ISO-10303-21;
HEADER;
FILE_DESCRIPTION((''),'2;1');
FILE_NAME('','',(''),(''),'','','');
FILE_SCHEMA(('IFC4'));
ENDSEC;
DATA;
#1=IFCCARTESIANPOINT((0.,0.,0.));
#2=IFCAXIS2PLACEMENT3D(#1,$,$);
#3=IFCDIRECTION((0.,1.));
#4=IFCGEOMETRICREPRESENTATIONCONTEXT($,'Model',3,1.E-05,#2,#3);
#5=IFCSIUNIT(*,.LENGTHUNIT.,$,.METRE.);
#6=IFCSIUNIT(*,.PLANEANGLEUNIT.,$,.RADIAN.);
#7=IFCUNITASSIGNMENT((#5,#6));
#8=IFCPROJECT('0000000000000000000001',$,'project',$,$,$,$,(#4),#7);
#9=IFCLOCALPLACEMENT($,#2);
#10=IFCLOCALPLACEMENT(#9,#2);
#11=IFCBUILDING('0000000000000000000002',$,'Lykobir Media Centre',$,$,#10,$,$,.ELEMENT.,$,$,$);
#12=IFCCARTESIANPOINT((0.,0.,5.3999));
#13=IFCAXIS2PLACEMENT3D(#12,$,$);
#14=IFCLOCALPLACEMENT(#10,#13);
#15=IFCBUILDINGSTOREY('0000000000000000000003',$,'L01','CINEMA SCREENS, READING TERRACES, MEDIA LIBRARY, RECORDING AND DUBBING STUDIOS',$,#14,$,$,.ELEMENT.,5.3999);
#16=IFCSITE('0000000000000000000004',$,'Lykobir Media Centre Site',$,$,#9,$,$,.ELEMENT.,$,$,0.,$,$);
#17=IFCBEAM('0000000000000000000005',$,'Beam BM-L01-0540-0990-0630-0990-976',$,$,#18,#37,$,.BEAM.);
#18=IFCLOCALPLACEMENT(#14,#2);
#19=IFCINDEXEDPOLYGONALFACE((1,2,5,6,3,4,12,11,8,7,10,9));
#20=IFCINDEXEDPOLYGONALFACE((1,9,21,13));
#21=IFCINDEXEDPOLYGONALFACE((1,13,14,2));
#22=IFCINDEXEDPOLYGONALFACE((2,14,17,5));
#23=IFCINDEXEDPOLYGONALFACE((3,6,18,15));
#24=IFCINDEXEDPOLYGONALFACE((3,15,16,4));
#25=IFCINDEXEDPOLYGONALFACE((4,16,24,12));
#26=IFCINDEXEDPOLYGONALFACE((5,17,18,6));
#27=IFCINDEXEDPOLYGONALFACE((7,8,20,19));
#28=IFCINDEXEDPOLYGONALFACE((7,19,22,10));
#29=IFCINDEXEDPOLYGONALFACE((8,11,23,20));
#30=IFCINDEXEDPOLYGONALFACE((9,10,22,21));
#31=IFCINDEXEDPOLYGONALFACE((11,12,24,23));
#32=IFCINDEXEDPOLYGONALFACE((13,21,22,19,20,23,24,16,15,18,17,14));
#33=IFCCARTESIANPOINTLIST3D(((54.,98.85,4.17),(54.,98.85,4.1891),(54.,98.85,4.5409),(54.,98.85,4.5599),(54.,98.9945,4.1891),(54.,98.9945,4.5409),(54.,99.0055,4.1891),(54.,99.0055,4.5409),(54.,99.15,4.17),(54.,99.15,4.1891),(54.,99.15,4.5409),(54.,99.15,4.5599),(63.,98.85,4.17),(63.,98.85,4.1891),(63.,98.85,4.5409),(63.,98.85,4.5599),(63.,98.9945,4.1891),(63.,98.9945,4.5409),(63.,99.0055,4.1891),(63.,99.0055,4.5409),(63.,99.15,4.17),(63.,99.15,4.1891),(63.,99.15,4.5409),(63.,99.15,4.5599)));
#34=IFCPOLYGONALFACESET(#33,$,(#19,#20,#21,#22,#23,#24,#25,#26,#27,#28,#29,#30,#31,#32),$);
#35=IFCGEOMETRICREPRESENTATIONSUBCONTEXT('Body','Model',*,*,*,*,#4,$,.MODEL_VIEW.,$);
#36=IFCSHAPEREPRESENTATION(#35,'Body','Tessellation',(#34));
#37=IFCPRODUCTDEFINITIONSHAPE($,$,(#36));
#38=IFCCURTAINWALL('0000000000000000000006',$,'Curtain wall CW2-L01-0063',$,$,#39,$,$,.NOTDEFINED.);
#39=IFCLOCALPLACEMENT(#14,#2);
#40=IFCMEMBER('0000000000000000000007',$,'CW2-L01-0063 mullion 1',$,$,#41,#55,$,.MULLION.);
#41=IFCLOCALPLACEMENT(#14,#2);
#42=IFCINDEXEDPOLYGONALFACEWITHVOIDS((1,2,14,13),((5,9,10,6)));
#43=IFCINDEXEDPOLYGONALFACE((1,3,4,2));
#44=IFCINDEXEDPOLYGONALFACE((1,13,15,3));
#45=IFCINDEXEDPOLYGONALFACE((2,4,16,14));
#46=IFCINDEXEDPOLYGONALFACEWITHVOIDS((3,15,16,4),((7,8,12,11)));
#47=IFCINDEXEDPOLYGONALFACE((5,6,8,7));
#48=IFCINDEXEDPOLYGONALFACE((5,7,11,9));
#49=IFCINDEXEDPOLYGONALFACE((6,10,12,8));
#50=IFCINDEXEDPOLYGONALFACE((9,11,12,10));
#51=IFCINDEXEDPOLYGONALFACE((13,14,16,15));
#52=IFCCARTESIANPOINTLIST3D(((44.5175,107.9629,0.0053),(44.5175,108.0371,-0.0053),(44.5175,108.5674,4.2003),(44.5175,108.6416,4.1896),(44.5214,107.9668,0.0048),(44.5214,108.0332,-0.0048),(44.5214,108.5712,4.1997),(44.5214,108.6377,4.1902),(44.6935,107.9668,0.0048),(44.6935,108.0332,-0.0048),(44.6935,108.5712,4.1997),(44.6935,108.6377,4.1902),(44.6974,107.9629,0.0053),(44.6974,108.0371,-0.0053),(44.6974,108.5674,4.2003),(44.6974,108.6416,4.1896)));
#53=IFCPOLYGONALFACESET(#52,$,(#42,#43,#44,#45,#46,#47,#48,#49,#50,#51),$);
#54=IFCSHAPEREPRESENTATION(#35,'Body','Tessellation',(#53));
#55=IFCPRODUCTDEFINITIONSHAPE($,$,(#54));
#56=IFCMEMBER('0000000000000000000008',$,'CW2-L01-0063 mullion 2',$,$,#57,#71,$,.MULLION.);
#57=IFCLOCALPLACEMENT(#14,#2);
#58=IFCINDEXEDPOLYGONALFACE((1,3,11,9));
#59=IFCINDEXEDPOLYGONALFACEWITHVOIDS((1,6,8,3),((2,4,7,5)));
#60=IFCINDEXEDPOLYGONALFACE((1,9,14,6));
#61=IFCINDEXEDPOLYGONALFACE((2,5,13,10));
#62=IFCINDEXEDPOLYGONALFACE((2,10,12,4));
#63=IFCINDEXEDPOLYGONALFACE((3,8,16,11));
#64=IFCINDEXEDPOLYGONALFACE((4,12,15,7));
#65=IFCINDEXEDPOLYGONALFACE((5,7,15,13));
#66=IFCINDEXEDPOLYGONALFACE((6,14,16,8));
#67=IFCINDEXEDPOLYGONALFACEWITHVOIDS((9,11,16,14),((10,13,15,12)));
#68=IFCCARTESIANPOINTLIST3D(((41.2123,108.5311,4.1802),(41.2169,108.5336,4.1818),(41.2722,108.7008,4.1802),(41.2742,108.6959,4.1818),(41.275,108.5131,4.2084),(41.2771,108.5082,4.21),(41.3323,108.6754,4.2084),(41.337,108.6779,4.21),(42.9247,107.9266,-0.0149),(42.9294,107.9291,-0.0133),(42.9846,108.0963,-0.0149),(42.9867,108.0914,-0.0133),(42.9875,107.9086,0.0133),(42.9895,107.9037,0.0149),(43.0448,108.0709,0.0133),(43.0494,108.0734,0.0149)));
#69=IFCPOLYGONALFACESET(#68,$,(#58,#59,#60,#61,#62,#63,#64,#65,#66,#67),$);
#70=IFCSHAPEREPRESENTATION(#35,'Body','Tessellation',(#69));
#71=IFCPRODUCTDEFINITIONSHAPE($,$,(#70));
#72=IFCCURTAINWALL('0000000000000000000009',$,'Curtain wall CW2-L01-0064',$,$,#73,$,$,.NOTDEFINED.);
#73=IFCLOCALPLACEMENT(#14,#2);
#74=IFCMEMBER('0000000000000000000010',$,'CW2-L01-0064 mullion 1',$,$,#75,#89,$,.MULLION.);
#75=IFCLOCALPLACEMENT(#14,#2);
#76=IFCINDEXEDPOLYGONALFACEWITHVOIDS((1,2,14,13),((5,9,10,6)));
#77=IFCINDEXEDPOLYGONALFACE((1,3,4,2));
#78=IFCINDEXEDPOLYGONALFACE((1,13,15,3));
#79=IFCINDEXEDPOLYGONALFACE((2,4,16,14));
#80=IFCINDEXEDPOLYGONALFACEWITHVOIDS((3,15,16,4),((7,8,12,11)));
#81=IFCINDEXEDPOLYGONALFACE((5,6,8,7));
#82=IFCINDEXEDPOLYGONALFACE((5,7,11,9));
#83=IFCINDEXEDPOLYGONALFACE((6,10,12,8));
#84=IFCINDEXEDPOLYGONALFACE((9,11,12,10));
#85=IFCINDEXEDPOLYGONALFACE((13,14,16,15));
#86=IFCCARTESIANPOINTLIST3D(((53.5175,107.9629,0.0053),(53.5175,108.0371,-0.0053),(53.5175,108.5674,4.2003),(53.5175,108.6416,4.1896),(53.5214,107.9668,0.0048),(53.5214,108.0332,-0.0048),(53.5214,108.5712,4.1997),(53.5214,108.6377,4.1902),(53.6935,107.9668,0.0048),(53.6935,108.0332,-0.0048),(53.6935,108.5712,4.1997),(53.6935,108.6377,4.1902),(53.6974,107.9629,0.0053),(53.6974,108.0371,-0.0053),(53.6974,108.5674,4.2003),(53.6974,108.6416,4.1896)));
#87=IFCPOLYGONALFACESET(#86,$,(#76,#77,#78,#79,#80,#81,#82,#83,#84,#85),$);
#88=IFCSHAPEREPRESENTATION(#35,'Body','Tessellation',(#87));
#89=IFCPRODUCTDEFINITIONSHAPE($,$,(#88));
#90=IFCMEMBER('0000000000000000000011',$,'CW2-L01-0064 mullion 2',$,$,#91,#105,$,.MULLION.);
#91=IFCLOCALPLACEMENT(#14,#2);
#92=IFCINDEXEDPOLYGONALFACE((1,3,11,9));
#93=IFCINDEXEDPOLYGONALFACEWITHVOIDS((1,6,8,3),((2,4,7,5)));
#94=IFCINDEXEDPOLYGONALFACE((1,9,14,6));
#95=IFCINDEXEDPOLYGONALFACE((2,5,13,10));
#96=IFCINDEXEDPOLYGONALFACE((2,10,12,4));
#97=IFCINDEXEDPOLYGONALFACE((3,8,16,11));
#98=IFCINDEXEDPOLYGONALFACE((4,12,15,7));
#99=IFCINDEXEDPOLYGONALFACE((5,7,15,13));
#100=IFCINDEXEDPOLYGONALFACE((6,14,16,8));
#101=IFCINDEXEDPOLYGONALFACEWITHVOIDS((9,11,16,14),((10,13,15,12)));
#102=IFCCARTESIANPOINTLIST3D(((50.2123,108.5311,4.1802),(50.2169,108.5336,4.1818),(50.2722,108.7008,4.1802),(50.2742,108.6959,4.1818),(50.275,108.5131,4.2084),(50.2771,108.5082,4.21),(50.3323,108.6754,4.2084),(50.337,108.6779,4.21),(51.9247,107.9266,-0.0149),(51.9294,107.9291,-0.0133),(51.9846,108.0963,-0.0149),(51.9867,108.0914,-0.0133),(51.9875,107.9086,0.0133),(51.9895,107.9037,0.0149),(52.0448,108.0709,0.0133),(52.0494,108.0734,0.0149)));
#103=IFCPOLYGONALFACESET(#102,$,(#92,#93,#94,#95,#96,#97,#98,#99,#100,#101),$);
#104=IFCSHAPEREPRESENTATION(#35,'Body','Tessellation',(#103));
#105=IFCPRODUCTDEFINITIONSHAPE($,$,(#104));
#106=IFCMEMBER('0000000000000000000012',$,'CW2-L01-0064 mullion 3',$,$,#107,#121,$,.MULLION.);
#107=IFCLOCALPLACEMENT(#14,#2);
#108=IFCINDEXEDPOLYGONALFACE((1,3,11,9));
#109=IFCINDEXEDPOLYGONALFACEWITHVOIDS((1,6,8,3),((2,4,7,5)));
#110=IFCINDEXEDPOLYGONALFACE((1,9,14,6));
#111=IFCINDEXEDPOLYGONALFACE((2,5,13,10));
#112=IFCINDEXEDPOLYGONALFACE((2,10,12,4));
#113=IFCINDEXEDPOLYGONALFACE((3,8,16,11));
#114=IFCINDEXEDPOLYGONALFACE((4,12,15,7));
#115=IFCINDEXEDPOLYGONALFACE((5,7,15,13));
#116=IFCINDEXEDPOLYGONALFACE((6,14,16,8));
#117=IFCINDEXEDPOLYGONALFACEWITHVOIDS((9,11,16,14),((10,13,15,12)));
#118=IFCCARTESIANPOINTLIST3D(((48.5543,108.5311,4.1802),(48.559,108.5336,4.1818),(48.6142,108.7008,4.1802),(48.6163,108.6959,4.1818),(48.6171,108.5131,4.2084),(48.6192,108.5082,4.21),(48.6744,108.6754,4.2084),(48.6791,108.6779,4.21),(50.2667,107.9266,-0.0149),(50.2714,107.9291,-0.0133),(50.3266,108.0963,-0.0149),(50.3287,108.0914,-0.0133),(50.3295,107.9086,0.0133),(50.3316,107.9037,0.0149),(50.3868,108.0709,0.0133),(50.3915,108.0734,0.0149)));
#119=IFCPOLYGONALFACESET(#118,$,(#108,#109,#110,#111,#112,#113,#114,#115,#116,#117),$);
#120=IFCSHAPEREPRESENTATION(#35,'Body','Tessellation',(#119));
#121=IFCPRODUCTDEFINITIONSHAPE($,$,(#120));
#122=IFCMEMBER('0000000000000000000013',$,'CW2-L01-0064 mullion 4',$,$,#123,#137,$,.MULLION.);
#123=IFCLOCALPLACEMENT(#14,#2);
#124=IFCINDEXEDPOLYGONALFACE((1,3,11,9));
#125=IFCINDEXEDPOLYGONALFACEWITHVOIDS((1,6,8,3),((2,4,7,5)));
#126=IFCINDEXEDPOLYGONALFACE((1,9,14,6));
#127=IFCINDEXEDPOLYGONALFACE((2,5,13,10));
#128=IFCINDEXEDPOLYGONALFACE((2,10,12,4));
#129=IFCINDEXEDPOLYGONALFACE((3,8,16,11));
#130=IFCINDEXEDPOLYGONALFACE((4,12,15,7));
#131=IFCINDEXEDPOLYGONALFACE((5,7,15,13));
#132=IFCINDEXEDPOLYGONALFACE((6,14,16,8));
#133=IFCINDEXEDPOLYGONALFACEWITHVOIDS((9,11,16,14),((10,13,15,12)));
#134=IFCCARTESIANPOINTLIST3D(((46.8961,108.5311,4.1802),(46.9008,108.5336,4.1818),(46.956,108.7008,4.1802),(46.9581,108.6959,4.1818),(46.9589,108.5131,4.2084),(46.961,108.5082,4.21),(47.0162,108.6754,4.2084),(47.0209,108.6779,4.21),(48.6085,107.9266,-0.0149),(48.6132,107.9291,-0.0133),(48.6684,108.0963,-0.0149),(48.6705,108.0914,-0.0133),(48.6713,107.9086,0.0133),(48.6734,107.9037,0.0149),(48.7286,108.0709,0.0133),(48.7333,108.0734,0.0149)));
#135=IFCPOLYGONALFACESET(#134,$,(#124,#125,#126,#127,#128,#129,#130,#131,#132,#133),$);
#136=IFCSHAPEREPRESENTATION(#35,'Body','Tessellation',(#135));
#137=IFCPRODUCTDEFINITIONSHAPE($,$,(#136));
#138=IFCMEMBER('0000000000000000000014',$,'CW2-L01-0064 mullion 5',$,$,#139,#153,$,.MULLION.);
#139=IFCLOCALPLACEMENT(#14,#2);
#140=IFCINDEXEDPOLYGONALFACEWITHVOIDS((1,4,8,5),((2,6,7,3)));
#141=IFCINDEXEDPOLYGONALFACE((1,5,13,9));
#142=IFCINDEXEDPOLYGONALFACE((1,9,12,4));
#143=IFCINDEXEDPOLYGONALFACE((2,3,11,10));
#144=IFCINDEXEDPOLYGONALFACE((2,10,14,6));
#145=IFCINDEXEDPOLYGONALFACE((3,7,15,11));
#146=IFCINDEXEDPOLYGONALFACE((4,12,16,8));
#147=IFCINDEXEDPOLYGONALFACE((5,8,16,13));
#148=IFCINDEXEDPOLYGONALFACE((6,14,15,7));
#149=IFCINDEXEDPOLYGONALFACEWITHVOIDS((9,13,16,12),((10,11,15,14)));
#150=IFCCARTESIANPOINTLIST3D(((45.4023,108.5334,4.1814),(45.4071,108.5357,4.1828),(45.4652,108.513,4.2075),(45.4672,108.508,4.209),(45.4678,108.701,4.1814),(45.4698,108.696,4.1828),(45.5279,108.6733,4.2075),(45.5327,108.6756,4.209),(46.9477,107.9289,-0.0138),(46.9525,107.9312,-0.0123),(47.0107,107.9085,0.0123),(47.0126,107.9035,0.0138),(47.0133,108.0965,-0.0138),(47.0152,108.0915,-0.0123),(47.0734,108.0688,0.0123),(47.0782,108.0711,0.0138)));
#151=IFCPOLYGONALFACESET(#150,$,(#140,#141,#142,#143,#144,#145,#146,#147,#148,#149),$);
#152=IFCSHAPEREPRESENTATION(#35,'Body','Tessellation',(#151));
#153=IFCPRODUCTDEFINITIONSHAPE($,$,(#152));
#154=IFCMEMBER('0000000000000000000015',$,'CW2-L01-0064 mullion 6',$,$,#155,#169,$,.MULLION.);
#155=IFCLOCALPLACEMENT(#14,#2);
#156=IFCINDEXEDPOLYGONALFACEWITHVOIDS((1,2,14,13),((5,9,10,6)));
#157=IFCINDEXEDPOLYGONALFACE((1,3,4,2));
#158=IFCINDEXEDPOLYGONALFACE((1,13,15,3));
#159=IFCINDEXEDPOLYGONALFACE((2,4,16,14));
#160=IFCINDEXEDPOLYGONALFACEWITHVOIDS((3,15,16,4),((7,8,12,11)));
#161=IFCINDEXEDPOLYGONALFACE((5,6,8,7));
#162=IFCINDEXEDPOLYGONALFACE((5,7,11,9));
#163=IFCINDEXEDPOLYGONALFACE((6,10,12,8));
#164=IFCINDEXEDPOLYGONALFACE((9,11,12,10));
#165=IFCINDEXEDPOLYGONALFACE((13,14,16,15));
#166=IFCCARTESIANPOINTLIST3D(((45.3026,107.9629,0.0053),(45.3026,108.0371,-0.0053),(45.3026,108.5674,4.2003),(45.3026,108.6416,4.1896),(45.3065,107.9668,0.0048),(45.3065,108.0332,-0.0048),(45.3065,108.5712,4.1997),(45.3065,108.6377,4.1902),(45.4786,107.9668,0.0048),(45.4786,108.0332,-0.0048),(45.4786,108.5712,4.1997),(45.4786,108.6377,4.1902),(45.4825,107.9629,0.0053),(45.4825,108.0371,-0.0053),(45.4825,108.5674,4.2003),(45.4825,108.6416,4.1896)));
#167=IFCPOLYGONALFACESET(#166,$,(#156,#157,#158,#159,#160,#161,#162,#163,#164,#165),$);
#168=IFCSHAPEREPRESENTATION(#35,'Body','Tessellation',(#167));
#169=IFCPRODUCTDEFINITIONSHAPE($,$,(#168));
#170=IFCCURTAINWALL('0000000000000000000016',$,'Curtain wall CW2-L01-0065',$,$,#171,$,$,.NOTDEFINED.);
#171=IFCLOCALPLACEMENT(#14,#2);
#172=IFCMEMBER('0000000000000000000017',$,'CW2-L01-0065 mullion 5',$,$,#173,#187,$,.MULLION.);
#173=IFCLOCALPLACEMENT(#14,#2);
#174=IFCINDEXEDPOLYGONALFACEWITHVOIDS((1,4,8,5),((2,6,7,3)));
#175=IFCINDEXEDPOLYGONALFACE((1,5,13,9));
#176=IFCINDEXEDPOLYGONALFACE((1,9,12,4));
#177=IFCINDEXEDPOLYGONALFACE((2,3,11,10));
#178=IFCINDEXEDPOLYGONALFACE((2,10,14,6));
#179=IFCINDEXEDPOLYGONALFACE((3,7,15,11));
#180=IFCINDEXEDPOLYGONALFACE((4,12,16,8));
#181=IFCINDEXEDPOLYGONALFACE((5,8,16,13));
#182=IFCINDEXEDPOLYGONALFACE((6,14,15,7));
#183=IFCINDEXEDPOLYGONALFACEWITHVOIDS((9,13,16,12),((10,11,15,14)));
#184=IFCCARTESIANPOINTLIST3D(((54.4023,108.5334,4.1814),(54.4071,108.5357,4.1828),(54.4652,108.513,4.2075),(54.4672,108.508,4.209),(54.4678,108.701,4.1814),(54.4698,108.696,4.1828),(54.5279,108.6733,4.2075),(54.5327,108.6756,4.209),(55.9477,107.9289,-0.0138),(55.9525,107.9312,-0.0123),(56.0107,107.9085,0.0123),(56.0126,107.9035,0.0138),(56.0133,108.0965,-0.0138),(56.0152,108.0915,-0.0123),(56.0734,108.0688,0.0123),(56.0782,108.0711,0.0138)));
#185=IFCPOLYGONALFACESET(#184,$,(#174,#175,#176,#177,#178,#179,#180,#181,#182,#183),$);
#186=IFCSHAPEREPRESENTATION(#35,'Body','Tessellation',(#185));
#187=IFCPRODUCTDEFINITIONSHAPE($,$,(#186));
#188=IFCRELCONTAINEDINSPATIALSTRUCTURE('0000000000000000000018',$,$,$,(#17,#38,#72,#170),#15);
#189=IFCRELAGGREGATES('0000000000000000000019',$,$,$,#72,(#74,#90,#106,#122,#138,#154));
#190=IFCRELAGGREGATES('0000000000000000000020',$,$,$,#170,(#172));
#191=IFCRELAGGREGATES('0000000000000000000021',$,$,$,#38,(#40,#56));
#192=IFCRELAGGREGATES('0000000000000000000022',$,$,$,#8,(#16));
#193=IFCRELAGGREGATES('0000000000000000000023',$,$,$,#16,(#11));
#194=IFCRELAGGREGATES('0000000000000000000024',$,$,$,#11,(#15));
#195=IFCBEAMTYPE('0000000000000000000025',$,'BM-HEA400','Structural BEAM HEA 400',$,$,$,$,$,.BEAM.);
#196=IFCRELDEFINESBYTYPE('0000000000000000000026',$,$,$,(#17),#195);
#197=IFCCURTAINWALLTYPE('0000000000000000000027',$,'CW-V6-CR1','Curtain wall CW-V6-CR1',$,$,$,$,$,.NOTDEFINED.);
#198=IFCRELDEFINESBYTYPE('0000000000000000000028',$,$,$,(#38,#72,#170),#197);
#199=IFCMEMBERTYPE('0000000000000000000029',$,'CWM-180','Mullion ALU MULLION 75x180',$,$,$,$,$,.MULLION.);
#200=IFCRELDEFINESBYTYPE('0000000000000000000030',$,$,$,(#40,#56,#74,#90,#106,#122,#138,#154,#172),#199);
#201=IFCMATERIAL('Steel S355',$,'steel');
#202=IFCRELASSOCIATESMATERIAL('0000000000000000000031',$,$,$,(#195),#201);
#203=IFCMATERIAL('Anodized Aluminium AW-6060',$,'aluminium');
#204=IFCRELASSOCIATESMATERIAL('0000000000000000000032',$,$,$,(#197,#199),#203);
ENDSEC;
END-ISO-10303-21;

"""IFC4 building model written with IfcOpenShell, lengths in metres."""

from ifc_helpers import new_model, si_unit, direction, frame, origin, origin_2d, place, context, subcontext, project, spatial, hollow_rectangle, i_section, extrude, material, material_profile, profile_set, type_object, element, aggregate, save


model = new_model("IFC4")

# Units and contexts
model_context = context("Model", 3, precision=1e-05, world=origin(), true_north=direction((0.0, 1.0)))
body_context = subcontext(model_context, "Body", "Model", "MODEL_VIEW")
ifc_project = project(units=[si_unit("LENGTHUNIT", "METRE"), si_unit("PLANEANGLEUNIT", "RADIAN")], contexts=[model_context])

# Site, building, storey
site_placement = place(None, origin())
site = spatial("IfcSite", under=ifc_project, at=site_placement, Name="Lykobir Media Centre Site", CompositionType="ELEMENT", RefElevation=0.0)
building_placement = place(site_placement, origin())
building = spatial("IfcBuilding", under=site, at=building_placement, Name="Lykobir Media Centre", CompositionType="ELEMENT")
storey_placement = place(building_placement, frame((0.0, 0.0, 5.3999)))
storey = spatial("IfcBuildingStorey", under=building, at=storey_placement, Name="L01", Description="CINEMA SCREENS, READING TERRACES, MEDIA LIBRARY, RECORDING AND DUBBING STUDIOS", CompositionType="ELEMENT", Elevation=5.3999)

# Shared definitions
ifc_material_1 = material(Name="Steel S355", Category="steel")

# Beam
ifc_material_profile_1 = material_profile(ifc_material_1, i_section(OverallWidth=0.3, OverallDepth=0.3899, WebThickness=0.011, FlangeThickness=0.019, at=origin_2d()), Name="HEA 400")
ifc_profile_set_1 = profile_set([ifc_material_profile_1], Name="Steel S355")
beam_type_1 = type_object("IfcBeamType", Name="BM-HEA400", Description="Structural BEAM HEA 400", PredefinedType="BEAM", material=ifc_profile_set_1)
for number, where, z_axis, x_axis, name in (
    (1, (54.0, 99.0, 4.365), (1.0, 0.0, 0.0), (0.0, 1.0, 0.0), "Beam BM-L01-0540-0990-0630-0990-976"),
):
    element("IfcBeam", number, at=place(storey_placement, frame(where, z_axis=z_axis, x_axis=x_axis)), inside=storey, type_object=beam_type_1, Name=name, PredefinedType="BEAM", context=body_context, shape_type="SweptSolid", body=[
        extrude(i_section(OverallWidth=0.3, OverallDepth=0.3899, WebThickness=0.011, FlangeThickness=0.019, at=origin_2d()), origin(), (0.0, 0.0, 1.0), 9.0),
    ])

# Curtain walls, members
ifc_material_2 = material(Name="Anodized Aluminium AW-6060", Category="aluminium")
curtain_wall_type = type_object("IfcCurtainWallType", Name="CW-V6-CR1", Description="Curtain wall CW-V6-CR1", PredefinedType="NOTDEFINED", material=ifc_material_2)
curtain_wall_1_placement = place(storey_placement, origin())
curtain_wall_1 = element("IfcCurtainWall", 2, at=curtain_wall_1_placement, inside=storey, type_object=curtain_wall_type, Name="Curtain wall CW2-L01-0063", PredefinedType="NOTDEFINED")
ifc_material_profile_2 = material_profile(ifc_material_2, hollow_rectangle(XDim=0.075, YDim=0.1799, WallThickness=0.0039, at=origin_2d()), Name="ALU MULLION 75x180")
ifc_profile_set_2 = profile_set([ifc_material_profile_2], Name="Anodized Aluminium AW-6060")
member_type_1 = type_object("IfcMemberType", Name="CWM-180", Description="Mullion ALU MULLION 75x180", PredefinedType="MULLION", material=ifc_profile_set_2)
member_1_placement = place(storey_placement, frame((44.6074, 108.0, 0.0), z_axis=(0.0, 0.142623, 0.989777), x_axis=(0.0, 0.989777, -0.142623)))
member_1 = element("IfcMember", 3, at=member_1_placement, type_object=member_type_1, Name="CW2-L01-0063 mullion 1", PredefinedType="MULLION", context=body_context, shape_type="SweptSolid", body=[
    extrude(hollow_rectangle(XDim=0.075, YDim=0.1799, WallThickness=0.0039, at=origin_2d()), origin(), (0.0, 0.0, 1.0), 4.2383),
])
member_2_placement = place(storey_placement, frame((42.9871, 108.0, 0.0), z_axis=(-0.374603, 0.132238, 0.917707), x_axis=(-0.865371, 0.305483, -0.397258)))
member_2 = element("IfcMember", 4, at=member_2_placement, type_object=member_type_1, Name="CW2-L01-0063 mullion 2", PredefinedType="MULLION", context=body_context, shape_type="SweptSolid", body=[
    extrude(hollow_rectangle(XDim=0.075, YDim=0.1799, WallThickness=0.0039, at=origin_2d()), origin(), (0.0, 0.0, 1.0), 4.5713),
])
curtain_wall_2_placement = place(storey_placement, origin())
curtain_wall_2 = element("IfcCurtainWall", 5, at=curtain_wall_2_placement, inside=storey, type_object=curtain_wall_type, Name="Curtain wall CW2-L01-0064", PredefinedType="NOTDEFINED")
member_3_placement = place(storey_placement, frame((53.6074, 108.0, 0.0), z_axis=(0.0, 0.142623, 0.989777), x_axis=(0.0, 0.989777, -0.142623)))
member_3 = element("IfcMember", 6, at=member_3_placement, type_object=member_type_1, Name="CW2-L01-0064 mullion 1", PredefinedType="MULLION", context=body_context, shape_type="SweptSolid", body=[
    extrude(hollow_rectangle(XDim=0.075, YDim=0.1799, WallThickness=0.0039, at=origin_2d()), origin(), (0.0, 0.0, 1.0), 4.2383),
])
member_4_placement = place(storey_placement, frame((51.9871, 108.0, 0.0), z_axis=(-0.374603, 0.132238, 0.917707), x_axis=(-0.865371, 0.305483, -0.397258)))
member_4 = element("IfcMember", 7, at=member_4_placement, type_object=member_type_1, Name="CW2-L01-0064 mullion 2", PredefinedType="MULLION", context=body_context, shape_type="SweptSolid", body=[
    extrude(hollow_rectangle(XDim=0.075, YDim=0.1799, WallThickness=0.0039, at=origin_2d()), origin(), (0.0, 0.0, 1.0), 4.5713),
])
member_5_placement = place(storey_placement, frame((50.3291, 108.0, 0.0), z_axis=(-0.374603, 0.132238, 0.917707), x_axis=(-0.865371, 0.305483, -0.397258)))
member_5 = element("IfcMember", 8, at=member_5_placement, type_object=member_type_1, Name="CW2-L01-0064 mullion 3", PredefinedType="MULLION", context=body_context, shape_type="SweptSolid", body=[
    extrude(hollow_rectangle(XDim=0.075, YDim=0.1799, WallThickness=0.0039, at=origin_2d()), origin(), (0.0, 0.0, 1.0), 4.5713),
])
member_6_placement = place(storey_placement, frame((48.6709, 108.0, 0.0), z_axis=(-0.374603, 0.132238, 0.917707), x_axis=(-0.865371, 0.305483, -0.397258)))
member_6 = element("IfcMember", 9, at=member_6_placement, type_object=member_type_1, Name="CW2-L01-0064 mullion 4", PredefinedType="MULLION", context=body_context, shape_type="SweptSolid", body=[
    extrude(hollow_rectangle(XDim=0.075, YDim=0.1799, WallThickness=0.0039, at=origin_2d()), origin(), (0.0, 0.0, 1.0), 4.5713),
])
member_7_placement = place(storey_placement, frame((47.0129, 108.0, 0.0), z_axis=(-0.34256, 0.133994, 0.929891), x_axis=(-0.865999, 0.338738, -0.367834)))
member_7 = element("IfcMember", 10, at=member_7_placement, type_object=member_type_1, Name="CW2-L01-0064 mullion 5", PredefinedType="MULLION", context=body_context, shape_type="SweptSolid", body=[
    extrude(hollow_rectangle(XDim=0.075, YDim=0.1799, WallThickness=0.0039, at=origin_2d()), origin(), (0.0, 0.0, 1.0), 4.5115),
])
member_8_placement = place(storey_placement, frame((45.3926, 108.0, 0.0), z_axis=(0.0, 0.142623, 0.989777), x_axis=(0.0, 0.989777, -0.142623)))
member_8 = element("IfcMember", 11, at=member_8_placement, type_object=member_type_1, Name="CW2-L01-0064 mullion 6", PredefinedType="MULLION", context=body_context, shape_type="SweptSolid", body=[
    extrude(hollow_rectangle(XDim=0.075, YDim=0.1799, WallThickness=0.0039, at=origin_2d()), origin(), (0.0, 0.0, 1.0), 4.2383),
])
aggregate(curtain_wall_2, [member_3, member_4, member_5, member_6, member_7, member_8])
curtain_wall_3_placement = place(storey_placement, origin())
curtain_wall_3 = element("IfcCurtainWall", 12, at=curtain_wall_3_placement, inside=storey, type_object=curtain_wall_type, Name="Curtain wall CW2-L01-0065", PredefinedType="NOTDEFINED")
member_9_placement = place(storey_placement, frame((56.0129, 108.0, 0.0), z_axis=(-0.34256, 0.133994, 0.929891), x_axis=(-0.865999, 0.338738, -0.367834)))
member_9 = element("IfcMember", 13, at=member_9_placement, type_object=member_type_1, Name="CW2-L01-0065 mullion 5", PredefinedType="MULLION", context=body_context, shape_type="SweptSolid", body=[
    extrude(hollow_rectangle(XDim=0.075, YDim=0.1799, WallThickness=0.0039, at=origin_2d()), origin(), (0.0, 0.0, 1.0), 4.5115),
])
aggregate(curtain_wall_3, [member_9])

aggregate(curtain_wall_1, [member_1, member_2])

save(model, "model.ifc")
